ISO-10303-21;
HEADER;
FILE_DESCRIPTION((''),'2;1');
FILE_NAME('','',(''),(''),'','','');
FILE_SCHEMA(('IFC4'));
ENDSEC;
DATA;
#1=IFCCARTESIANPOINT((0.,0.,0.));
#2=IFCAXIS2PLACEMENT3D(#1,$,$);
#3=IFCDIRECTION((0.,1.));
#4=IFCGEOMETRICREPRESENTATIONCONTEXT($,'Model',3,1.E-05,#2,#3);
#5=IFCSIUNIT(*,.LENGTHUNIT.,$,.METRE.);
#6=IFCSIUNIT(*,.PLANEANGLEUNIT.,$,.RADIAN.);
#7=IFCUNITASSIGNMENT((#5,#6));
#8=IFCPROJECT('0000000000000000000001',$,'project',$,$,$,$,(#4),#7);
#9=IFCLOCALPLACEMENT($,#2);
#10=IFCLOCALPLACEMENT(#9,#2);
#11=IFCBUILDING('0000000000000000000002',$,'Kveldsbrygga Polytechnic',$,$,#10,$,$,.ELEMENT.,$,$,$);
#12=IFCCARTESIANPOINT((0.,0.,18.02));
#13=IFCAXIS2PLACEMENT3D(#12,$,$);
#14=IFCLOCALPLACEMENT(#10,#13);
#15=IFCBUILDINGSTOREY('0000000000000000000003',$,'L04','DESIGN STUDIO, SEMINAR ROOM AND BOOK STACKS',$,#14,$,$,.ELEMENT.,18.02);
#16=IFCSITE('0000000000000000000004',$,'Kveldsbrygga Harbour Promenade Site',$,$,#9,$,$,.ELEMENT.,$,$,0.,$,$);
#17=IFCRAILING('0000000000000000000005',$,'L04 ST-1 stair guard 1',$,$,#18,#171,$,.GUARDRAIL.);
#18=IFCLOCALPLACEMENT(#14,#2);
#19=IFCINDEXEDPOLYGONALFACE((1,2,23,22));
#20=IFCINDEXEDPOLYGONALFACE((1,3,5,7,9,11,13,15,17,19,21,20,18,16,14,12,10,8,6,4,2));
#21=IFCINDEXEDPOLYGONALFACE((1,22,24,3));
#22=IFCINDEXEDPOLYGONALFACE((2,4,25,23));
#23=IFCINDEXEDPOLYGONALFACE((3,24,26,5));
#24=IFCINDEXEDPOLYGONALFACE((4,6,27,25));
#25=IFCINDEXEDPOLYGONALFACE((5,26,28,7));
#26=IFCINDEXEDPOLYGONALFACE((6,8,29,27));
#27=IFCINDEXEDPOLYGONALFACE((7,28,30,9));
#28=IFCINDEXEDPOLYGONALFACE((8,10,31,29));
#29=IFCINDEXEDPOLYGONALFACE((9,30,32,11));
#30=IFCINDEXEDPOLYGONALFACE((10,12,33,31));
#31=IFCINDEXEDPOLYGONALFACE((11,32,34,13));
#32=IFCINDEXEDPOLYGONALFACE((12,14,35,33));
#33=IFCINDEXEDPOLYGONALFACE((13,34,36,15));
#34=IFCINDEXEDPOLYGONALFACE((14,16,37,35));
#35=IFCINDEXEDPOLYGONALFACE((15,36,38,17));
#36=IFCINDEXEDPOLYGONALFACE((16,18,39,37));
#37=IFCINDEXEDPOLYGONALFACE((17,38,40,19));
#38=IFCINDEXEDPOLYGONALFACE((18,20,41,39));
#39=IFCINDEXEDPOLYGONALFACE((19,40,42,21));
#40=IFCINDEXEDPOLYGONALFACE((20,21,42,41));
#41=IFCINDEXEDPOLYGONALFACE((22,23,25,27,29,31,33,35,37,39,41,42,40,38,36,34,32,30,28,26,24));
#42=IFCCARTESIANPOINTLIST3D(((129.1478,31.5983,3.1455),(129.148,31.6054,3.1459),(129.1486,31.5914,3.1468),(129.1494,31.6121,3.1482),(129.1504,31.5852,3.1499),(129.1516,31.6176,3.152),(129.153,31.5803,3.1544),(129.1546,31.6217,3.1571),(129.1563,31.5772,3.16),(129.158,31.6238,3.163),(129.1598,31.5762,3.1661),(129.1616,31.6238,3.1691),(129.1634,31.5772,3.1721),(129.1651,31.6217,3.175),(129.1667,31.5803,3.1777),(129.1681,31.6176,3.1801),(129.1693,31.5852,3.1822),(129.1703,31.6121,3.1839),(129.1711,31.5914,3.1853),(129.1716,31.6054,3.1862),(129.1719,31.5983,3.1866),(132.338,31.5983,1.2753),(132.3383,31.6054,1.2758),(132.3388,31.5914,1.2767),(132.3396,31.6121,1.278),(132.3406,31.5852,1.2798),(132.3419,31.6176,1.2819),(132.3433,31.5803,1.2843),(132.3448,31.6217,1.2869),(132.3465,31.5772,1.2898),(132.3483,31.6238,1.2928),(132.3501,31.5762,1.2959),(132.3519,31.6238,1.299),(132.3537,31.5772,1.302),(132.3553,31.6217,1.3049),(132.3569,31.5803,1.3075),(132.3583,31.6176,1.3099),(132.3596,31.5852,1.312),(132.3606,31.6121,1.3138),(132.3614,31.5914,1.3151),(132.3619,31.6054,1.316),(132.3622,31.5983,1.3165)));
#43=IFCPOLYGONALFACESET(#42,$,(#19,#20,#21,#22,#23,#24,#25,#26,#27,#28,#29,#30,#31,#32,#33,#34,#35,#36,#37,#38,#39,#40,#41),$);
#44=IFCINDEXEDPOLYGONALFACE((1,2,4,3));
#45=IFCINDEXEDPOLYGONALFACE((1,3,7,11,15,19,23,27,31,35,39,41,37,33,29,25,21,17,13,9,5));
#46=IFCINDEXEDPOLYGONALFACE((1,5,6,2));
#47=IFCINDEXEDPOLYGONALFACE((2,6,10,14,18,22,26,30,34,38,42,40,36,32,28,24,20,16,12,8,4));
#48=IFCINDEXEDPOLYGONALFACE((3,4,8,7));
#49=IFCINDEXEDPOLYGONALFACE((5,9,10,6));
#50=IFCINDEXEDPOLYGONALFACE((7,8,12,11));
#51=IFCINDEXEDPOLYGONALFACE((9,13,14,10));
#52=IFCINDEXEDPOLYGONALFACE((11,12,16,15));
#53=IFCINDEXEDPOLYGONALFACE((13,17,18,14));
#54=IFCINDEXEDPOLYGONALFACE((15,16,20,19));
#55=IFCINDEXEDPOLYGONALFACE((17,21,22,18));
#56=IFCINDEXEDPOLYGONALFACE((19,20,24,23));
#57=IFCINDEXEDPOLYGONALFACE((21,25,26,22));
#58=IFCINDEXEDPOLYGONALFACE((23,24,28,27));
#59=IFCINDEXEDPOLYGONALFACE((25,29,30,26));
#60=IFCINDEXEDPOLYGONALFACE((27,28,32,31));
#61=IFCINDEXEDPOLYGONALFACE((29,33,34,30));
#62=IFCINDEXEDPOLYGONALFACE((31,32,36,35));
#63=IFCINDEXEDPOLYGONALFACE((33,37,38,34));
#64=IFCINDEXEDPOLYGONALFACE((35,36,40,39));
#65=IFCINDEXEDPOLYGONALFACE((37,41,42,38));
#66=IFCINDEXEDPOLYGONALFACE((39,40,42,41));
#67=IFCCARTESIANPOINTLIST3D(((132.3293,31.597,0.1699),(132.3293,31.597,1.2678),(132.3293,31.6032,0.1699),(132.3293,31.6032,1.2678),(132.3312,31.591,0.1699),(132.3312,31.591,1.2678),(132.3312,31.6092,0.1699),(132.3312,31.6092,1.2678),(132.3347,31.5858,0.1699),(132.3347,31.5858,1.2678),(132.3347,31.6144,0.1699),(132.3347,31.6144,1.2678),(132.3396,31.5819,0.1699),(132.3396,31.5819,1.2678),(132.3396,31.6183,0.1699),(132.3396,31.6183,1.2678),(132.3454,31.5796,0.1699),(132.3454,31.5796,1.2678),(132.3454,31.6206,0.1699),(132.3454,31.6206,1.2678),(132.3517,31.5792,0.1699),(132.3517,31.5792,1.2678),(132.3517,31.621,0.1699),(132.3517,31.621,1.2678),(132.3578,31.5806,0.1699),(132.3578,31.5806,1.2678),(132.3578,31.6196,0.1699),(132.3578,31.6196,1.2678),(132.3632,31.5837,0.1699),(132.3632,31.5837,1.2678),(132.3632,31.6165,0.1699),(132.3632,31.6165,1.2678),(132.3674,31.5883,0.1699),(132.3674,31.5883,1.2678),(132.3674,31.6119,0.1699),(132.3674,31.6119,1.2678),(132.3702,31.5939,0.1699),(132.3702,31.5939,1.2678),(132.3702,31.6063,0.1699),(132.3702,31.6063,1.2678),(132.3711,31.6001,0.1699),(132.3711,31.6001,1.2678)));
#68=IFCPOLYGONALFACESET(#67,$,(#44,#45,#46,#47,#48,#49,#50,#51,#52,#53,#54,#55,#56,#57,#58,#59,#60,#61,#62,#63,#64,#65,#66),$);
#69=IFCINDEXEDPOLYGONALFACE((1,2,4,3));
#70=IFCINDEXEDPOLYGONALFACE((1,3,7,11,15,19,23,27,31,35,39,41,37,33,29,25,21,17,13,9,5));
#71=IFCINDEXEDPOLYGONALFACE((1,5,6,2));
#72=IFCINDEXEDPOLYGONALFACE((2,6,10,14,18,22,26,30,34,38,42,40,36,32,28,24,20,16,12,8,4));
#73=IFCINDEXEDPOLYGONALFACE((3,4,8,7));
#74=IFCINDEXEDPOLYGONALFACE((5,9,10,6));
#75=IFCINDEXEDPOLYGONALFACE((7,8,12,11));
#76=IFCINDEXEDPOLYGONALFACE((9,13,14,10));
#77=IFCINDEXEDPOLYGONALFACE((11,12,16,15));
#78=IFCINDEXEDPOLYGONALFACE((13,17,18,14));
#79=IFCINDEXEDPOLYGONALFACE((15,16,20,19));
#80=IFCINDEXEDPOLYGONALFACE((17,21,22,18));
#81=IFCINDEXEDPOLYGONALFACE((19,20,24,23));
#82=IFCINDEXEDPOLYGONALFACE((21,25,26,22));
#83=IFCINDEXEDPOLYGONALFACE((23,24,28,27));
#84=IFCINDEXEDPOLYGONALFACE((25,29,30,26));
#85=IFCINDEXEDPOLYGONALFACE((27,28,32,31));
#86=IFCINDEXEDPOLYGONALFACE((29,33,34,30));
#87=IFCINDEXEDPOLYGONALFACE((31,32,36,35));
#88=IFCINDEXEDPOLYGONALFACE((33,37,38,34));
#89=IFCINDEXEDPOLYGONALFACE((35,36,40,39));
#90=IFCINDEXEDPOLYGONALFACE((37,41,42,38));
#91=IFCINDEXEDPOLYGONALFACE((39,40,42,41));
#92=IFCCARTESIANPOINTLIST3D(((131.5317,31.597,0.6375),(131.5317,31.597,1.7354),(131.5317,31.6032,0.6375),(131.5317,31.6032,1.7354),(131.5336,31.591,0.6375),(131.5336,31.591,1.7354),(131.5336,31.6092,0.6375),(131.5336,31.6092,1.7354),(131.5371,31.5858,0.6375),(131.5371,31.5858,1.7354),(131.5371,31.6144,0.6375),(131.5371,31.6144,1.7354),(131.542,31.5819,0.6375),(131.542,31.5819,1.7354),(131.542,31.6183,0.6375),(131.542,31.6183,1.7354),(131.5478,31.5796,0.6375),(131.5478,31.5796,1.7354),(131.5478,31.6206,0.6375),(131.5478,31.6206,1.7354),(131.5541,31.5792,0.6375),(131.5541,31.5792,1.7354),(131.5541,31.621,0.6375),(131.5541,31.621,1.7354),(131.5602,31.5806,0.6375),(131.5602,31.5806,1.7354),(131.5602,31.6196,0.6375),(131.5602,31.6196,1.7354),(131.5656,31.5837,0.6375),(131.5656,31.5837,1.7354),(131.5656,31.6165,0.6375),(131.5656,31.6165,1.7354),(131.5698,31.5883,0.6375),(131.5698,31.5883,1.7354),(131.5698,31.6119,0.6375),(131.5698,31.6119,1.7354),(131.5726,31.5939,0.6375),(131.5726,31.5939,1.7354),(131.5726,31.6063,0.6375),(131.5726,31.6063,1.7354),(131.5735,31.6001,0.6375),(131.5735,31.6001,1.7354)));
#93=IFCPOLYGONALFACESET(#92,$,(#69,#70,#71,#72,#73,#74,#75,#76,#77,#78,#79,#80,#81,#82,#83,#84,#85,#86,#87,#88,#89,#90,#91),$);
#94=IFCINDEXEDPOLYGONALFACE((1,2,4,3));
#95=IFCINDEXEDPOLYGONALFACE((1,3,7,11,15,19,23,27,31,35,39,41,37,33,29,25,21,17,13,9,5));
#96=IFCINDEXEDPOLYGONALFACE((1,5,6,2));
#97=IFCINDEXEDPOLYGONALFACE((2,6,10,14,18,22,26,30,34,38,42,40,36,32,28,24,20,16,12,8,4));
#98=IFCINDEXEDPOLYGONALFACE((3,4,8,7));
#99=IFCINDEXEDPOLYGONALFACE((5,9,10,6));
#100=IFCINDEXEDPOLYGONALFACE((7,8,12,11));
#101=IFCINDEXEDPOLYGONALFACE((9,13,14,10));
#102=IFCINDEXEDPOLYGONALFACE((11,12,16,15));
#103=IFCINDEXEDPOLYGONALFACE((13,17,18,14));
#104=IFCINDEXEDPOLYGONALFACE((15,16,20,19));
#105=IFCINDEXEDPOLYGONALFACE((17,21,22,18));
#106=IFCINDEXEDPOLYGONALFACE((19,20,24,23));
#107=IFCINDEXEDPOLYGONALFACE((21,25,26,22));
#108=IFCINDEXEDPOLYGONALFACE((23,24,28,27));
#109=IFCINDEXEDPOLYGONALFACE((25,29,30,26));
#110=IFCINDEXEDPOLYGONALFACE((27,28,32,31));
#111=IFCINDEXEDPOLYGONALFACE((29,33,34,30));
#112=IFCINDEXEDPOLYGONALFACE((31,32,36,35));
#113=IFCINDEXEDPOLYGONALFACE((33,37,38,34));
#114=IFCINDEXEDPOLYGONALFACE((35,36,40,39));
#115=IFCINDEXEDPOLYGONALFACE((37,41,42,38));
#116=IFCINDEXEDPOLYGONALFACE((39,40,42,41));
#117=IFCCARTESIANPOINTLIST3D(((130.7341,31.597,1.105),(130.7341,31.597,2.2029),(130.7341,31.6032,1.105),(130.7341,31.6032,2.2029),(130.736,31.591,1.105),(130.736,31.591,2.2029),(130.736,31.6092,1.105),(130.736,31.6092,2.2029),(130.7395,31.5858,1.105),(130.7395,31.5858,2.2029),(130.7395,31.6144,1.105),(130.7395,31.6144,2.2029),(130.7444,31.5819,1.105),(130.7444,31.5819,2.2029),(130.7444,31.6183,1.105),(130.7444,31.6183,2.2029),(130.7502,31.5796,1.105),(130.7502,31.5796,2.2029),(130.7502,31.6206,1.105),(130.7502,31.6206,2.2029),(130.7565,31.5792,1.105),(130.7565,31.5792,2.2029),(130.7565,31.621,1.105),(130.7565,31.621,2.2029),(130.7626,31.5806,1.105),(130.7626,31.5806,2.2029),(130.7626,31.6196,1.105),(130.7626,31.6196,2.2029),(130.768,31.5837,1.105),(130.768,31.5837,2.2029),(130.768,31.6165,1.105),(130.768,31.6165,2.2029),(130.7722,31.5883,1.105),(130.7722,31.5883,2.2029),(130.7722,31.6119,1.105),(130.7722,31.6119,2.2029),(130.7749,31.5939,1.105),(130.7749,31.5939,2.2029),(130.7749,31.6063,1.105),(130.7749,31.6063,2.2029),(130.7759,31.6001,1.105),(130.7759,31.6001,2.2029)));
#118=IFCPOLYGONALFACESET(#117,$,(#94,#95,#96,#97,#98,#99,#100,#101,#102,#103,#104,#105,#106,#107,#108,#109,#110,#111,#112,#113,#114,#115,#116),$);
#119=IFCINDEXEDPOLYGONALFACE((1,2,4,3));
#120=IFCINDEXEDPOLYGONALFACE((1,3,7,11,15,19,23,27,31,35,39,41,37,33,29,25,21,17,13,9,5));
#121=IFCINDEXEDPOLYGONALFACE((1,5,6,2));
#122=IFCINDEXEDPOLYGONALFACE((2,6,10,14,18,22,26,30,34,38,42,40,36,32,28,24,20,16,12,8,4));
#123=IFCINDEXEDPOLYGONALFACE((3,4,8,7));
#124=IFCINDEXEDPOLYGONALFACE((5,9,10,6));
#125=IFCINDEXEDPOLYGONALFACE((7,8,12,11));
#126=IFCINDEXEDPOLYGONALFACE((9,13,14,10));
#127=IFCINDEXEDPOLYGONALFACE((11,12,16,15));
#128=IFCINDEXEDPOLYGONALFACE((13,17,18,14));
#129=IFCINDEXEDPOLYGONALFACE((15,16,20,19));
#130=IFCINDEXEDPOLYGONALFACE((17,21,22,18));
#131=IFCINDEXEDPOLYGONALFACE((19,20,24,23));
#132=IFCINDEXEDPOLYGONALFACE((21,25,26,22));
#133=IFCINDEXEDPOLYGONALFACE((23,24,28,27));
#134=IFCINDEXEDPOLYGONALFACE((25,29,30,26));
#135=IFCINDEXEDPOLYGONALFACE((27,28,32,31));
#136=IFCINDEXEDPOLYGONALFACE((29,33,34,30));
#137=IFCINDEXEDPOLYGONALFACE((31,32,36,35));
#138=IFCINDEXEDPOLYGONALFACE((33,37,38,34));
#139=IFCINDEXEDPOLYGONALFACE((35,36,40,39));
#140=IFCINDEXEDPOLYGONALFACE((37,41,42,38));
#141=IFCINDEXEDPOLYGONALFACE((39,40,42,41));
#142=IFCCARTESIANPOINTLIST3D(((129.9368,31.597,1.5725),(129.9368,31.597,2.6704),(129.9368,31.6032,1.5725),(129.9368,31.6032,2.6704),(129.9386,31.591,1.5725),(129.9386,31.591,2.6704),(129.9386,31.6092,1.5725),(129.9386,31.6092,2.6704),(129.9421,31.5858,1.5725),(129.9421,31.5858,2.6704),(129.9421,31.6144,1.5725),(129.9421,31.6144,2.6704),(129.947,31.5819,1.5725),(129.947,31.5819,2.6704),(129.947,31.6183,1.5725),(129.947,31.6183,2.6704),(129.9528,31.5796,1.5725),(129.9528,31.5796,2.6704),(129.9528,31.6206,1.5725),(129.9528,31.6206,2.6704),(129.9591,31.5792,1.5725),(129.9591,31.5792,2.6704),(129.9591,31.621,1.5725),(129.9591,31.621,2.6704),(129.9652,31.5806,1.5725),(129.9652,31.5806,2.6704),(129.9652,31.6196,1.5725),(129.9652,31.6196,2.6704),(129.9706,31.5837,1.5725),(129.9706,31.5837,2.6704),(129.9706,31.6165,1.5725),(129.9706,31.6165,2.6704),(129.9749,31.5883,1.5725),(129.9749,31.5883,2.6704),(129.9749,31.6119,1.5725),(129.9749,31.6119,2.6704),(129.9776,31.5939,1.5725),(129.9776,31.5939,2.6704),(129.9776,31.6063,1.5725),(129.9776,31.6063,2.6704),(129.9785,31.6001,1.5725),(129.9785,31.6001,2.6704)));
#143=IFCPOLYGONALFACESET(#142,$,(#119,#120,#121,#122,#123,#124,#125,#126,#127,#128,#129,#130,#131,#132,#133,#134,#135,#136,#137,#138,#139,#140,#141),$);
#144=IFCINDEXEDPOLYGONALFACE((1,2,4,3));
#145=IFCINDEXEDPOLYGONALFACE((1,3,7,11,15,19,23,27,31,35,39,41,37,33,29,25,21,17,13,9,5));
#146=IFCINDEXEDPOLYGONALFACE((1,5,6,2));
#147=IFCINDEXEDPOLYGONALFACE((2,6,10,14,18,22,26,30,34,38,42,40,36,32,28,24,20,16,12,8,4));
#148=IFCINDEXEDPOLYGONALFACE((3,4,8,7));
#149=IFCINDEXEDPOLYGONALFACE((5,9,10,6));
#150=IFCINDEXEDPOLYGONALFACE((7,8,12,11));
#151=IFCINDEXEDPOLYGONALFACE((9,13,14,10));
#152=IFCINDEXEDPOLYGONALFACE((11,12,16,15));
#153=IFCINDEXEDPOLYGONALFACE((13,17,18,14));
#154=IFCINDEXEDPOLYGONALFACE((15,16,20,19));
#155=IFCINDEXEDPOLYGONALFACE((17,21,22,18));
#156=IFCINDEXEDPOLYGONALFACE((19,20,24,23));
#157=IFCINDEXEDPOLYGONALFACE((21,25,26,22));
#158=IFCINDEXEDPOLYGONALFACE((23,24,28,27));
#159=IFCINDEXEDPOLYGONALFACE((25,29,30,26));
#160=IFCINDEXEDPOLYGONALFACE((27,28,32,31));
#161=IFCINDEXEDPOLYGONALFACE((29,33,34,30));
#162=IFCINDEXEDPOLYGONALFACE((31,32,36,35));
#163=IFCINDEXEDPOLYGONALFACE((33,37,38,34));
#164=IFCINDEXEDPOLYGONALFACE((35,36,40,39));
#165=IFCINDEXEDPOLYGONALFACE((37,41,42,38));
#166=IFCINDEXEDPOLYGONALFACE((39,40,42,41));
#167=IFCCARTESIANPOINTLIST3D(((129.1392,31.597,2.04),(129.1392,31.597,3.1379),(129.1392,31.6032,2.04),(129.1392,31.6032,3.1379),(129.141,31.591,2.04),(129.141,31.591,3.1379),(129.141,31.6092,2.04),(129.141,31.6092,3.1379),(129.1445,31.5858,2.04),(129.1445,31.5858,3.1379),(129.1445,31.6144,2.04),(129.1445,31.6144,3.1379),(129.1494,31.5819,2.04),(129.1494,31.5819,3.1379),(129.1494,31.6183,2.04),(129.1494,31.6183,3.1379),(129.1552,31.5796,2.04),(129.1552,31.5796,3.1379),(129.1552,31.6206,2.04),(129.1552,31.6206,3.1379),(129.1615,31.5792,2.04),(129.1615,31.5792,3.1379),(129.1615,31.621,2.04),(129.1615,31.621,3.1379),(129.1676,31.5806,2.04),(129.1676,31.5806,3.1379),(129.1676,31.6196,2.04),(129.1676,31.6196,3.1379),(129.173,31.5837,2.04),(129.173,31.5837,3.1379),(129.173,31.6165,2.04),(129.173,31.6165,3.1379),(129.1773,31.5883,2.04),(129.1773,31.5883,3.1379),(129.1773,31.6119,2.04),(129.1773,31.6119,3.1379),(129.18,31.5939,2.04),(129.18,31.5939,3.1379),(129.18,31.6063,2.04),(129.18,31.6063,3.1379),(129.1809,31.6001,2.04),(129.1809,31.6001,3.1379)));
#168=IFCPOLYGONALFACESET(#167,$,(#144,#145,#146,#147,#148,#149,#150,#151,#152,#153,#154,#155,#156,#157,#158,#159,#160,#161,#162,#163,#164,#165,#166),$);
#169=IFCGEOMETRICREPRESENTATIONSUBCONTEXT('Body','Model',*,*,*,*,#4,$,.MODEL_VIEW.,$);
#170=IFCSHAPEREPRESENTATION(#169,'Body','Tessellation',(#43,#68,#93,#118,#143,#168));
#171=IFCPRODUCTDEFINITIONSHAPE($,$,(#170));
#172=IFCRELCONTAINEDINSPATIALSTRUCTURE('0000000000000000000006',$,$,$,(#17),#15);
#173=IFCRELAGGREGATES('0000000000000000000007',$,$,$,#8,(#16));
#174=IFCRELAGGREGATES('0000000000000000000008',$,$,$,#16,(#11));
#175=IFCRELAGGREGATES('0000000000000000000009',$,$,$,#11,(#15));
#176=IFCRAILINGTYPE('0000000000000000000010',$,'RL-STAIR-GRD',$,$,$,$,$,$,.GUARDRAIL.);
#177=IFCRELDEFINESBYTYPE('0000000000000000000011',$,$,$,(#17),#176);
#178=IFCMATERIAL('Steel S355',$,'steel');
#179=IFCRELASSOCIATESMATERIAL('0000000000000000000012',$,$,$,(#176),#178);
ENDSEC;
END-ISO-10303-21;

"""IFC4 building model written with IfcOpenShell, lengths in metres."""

from ifc_helpers import new_model, si_unit, direction, frame, origin, origin_2d, place, context, subcontext, project, spatial, circle, extrude, material, type_object, element, save


model = new_model("IFC4")

# Units and contexts
model_context = context("Model", 3, precision=1e-05, world=origin(), true_north=direction((0.0, 1.0)))
body_context = subcontext(model_context, "Body", "Model", "MODEL_VIEW")
ifc_project = project(units=[si_unit("LENGTHUNIT", "METRE"), si_unit("PLANEANGLEUNIT", "RADIAN")], contexts=[model_context])

# Site, building, storey
site_placement = place(None, origin())
site = spatial("IfcSite", under=ifc_project, at=site_placement, Name="Kveldsbrygga Harbour Promenade Site", CompositionType="ELEMENT", RefElevation=0.0)
building_placement = place(site_placement, origin())
building = spatial("IfcBuilding", under=site, at=building_placement, Name="Kveldsbrygga Polytechnic", CompositionType="ELEMENT")
storey_placement = place(building_placement, frame((0.0, 0.0, 18.02)))
storey = spatial("IfcBuildingStorey", under=building, at=storey_placement, Name="L04", Description="DESIGN STUDIO, SEMINAR ROOM AND BOOK STACKS", CompositionType="ELEMENT", Elevation=18.02)

# Railing
ifc_material_1 = material(Name="Steel S355", Category="steel")
railing_type_1 = type_object("IfcRailingType", Name="RL-STAIR-GRD", PredefinedType="GUARDRAIL", material=ifc_material_1)
railing_1_placement = place(storey_placement, frame((132.3501, 31.6001, 0.1699)))
element("IfcRailing", 1, at=railing_1_placement, inside=storey, type_object=railing_type_1, Name="L04 ST-1 stair guard 1", PredefinedType="GUARDRAIL", context=body_context, shape_type="SweptSolid", body=[
    extrude(circle(Radius=0.0239, at=origin_2d()), frame((0.0, 0.0, 1.126), z_axis=(-0.862697, 0.0, 0.505721), x_axis=(0.0, -1.0, 0.0)), (0.0, 0.0, 1.0), 3.698),
    extrude(circle(Radius=0.021, at=origin_2d()), origin(), (0.0, 0.0, 1.0), 1.0979),
    extrude(circle(Radius=0.021, at=origin_2d()), frame((-0.7976, 0.0, 0.4675)), (0.0, 0.0, 1.0), 1.0979),
    extrude(circle(Radius=0.021, at=origin_2d()), frame((-1.5952, 0.0, 0.9351)), (0.0, 0.0, 1.0), 1.0979),
    extrude(circle(Radius=0.021, at=origin_2d()), frame((-2.3926, 0.0, 1.4026)), (0.0, 0.0, 1.0), 1.0979),
    extrude(circle(Radius=0.021, at=origin_2d()), frame((-3.1902, 0.0, 1.8701)), (0.0, 0.0, 1.0), 1.0979),
])

save(model, "model.ifc")
